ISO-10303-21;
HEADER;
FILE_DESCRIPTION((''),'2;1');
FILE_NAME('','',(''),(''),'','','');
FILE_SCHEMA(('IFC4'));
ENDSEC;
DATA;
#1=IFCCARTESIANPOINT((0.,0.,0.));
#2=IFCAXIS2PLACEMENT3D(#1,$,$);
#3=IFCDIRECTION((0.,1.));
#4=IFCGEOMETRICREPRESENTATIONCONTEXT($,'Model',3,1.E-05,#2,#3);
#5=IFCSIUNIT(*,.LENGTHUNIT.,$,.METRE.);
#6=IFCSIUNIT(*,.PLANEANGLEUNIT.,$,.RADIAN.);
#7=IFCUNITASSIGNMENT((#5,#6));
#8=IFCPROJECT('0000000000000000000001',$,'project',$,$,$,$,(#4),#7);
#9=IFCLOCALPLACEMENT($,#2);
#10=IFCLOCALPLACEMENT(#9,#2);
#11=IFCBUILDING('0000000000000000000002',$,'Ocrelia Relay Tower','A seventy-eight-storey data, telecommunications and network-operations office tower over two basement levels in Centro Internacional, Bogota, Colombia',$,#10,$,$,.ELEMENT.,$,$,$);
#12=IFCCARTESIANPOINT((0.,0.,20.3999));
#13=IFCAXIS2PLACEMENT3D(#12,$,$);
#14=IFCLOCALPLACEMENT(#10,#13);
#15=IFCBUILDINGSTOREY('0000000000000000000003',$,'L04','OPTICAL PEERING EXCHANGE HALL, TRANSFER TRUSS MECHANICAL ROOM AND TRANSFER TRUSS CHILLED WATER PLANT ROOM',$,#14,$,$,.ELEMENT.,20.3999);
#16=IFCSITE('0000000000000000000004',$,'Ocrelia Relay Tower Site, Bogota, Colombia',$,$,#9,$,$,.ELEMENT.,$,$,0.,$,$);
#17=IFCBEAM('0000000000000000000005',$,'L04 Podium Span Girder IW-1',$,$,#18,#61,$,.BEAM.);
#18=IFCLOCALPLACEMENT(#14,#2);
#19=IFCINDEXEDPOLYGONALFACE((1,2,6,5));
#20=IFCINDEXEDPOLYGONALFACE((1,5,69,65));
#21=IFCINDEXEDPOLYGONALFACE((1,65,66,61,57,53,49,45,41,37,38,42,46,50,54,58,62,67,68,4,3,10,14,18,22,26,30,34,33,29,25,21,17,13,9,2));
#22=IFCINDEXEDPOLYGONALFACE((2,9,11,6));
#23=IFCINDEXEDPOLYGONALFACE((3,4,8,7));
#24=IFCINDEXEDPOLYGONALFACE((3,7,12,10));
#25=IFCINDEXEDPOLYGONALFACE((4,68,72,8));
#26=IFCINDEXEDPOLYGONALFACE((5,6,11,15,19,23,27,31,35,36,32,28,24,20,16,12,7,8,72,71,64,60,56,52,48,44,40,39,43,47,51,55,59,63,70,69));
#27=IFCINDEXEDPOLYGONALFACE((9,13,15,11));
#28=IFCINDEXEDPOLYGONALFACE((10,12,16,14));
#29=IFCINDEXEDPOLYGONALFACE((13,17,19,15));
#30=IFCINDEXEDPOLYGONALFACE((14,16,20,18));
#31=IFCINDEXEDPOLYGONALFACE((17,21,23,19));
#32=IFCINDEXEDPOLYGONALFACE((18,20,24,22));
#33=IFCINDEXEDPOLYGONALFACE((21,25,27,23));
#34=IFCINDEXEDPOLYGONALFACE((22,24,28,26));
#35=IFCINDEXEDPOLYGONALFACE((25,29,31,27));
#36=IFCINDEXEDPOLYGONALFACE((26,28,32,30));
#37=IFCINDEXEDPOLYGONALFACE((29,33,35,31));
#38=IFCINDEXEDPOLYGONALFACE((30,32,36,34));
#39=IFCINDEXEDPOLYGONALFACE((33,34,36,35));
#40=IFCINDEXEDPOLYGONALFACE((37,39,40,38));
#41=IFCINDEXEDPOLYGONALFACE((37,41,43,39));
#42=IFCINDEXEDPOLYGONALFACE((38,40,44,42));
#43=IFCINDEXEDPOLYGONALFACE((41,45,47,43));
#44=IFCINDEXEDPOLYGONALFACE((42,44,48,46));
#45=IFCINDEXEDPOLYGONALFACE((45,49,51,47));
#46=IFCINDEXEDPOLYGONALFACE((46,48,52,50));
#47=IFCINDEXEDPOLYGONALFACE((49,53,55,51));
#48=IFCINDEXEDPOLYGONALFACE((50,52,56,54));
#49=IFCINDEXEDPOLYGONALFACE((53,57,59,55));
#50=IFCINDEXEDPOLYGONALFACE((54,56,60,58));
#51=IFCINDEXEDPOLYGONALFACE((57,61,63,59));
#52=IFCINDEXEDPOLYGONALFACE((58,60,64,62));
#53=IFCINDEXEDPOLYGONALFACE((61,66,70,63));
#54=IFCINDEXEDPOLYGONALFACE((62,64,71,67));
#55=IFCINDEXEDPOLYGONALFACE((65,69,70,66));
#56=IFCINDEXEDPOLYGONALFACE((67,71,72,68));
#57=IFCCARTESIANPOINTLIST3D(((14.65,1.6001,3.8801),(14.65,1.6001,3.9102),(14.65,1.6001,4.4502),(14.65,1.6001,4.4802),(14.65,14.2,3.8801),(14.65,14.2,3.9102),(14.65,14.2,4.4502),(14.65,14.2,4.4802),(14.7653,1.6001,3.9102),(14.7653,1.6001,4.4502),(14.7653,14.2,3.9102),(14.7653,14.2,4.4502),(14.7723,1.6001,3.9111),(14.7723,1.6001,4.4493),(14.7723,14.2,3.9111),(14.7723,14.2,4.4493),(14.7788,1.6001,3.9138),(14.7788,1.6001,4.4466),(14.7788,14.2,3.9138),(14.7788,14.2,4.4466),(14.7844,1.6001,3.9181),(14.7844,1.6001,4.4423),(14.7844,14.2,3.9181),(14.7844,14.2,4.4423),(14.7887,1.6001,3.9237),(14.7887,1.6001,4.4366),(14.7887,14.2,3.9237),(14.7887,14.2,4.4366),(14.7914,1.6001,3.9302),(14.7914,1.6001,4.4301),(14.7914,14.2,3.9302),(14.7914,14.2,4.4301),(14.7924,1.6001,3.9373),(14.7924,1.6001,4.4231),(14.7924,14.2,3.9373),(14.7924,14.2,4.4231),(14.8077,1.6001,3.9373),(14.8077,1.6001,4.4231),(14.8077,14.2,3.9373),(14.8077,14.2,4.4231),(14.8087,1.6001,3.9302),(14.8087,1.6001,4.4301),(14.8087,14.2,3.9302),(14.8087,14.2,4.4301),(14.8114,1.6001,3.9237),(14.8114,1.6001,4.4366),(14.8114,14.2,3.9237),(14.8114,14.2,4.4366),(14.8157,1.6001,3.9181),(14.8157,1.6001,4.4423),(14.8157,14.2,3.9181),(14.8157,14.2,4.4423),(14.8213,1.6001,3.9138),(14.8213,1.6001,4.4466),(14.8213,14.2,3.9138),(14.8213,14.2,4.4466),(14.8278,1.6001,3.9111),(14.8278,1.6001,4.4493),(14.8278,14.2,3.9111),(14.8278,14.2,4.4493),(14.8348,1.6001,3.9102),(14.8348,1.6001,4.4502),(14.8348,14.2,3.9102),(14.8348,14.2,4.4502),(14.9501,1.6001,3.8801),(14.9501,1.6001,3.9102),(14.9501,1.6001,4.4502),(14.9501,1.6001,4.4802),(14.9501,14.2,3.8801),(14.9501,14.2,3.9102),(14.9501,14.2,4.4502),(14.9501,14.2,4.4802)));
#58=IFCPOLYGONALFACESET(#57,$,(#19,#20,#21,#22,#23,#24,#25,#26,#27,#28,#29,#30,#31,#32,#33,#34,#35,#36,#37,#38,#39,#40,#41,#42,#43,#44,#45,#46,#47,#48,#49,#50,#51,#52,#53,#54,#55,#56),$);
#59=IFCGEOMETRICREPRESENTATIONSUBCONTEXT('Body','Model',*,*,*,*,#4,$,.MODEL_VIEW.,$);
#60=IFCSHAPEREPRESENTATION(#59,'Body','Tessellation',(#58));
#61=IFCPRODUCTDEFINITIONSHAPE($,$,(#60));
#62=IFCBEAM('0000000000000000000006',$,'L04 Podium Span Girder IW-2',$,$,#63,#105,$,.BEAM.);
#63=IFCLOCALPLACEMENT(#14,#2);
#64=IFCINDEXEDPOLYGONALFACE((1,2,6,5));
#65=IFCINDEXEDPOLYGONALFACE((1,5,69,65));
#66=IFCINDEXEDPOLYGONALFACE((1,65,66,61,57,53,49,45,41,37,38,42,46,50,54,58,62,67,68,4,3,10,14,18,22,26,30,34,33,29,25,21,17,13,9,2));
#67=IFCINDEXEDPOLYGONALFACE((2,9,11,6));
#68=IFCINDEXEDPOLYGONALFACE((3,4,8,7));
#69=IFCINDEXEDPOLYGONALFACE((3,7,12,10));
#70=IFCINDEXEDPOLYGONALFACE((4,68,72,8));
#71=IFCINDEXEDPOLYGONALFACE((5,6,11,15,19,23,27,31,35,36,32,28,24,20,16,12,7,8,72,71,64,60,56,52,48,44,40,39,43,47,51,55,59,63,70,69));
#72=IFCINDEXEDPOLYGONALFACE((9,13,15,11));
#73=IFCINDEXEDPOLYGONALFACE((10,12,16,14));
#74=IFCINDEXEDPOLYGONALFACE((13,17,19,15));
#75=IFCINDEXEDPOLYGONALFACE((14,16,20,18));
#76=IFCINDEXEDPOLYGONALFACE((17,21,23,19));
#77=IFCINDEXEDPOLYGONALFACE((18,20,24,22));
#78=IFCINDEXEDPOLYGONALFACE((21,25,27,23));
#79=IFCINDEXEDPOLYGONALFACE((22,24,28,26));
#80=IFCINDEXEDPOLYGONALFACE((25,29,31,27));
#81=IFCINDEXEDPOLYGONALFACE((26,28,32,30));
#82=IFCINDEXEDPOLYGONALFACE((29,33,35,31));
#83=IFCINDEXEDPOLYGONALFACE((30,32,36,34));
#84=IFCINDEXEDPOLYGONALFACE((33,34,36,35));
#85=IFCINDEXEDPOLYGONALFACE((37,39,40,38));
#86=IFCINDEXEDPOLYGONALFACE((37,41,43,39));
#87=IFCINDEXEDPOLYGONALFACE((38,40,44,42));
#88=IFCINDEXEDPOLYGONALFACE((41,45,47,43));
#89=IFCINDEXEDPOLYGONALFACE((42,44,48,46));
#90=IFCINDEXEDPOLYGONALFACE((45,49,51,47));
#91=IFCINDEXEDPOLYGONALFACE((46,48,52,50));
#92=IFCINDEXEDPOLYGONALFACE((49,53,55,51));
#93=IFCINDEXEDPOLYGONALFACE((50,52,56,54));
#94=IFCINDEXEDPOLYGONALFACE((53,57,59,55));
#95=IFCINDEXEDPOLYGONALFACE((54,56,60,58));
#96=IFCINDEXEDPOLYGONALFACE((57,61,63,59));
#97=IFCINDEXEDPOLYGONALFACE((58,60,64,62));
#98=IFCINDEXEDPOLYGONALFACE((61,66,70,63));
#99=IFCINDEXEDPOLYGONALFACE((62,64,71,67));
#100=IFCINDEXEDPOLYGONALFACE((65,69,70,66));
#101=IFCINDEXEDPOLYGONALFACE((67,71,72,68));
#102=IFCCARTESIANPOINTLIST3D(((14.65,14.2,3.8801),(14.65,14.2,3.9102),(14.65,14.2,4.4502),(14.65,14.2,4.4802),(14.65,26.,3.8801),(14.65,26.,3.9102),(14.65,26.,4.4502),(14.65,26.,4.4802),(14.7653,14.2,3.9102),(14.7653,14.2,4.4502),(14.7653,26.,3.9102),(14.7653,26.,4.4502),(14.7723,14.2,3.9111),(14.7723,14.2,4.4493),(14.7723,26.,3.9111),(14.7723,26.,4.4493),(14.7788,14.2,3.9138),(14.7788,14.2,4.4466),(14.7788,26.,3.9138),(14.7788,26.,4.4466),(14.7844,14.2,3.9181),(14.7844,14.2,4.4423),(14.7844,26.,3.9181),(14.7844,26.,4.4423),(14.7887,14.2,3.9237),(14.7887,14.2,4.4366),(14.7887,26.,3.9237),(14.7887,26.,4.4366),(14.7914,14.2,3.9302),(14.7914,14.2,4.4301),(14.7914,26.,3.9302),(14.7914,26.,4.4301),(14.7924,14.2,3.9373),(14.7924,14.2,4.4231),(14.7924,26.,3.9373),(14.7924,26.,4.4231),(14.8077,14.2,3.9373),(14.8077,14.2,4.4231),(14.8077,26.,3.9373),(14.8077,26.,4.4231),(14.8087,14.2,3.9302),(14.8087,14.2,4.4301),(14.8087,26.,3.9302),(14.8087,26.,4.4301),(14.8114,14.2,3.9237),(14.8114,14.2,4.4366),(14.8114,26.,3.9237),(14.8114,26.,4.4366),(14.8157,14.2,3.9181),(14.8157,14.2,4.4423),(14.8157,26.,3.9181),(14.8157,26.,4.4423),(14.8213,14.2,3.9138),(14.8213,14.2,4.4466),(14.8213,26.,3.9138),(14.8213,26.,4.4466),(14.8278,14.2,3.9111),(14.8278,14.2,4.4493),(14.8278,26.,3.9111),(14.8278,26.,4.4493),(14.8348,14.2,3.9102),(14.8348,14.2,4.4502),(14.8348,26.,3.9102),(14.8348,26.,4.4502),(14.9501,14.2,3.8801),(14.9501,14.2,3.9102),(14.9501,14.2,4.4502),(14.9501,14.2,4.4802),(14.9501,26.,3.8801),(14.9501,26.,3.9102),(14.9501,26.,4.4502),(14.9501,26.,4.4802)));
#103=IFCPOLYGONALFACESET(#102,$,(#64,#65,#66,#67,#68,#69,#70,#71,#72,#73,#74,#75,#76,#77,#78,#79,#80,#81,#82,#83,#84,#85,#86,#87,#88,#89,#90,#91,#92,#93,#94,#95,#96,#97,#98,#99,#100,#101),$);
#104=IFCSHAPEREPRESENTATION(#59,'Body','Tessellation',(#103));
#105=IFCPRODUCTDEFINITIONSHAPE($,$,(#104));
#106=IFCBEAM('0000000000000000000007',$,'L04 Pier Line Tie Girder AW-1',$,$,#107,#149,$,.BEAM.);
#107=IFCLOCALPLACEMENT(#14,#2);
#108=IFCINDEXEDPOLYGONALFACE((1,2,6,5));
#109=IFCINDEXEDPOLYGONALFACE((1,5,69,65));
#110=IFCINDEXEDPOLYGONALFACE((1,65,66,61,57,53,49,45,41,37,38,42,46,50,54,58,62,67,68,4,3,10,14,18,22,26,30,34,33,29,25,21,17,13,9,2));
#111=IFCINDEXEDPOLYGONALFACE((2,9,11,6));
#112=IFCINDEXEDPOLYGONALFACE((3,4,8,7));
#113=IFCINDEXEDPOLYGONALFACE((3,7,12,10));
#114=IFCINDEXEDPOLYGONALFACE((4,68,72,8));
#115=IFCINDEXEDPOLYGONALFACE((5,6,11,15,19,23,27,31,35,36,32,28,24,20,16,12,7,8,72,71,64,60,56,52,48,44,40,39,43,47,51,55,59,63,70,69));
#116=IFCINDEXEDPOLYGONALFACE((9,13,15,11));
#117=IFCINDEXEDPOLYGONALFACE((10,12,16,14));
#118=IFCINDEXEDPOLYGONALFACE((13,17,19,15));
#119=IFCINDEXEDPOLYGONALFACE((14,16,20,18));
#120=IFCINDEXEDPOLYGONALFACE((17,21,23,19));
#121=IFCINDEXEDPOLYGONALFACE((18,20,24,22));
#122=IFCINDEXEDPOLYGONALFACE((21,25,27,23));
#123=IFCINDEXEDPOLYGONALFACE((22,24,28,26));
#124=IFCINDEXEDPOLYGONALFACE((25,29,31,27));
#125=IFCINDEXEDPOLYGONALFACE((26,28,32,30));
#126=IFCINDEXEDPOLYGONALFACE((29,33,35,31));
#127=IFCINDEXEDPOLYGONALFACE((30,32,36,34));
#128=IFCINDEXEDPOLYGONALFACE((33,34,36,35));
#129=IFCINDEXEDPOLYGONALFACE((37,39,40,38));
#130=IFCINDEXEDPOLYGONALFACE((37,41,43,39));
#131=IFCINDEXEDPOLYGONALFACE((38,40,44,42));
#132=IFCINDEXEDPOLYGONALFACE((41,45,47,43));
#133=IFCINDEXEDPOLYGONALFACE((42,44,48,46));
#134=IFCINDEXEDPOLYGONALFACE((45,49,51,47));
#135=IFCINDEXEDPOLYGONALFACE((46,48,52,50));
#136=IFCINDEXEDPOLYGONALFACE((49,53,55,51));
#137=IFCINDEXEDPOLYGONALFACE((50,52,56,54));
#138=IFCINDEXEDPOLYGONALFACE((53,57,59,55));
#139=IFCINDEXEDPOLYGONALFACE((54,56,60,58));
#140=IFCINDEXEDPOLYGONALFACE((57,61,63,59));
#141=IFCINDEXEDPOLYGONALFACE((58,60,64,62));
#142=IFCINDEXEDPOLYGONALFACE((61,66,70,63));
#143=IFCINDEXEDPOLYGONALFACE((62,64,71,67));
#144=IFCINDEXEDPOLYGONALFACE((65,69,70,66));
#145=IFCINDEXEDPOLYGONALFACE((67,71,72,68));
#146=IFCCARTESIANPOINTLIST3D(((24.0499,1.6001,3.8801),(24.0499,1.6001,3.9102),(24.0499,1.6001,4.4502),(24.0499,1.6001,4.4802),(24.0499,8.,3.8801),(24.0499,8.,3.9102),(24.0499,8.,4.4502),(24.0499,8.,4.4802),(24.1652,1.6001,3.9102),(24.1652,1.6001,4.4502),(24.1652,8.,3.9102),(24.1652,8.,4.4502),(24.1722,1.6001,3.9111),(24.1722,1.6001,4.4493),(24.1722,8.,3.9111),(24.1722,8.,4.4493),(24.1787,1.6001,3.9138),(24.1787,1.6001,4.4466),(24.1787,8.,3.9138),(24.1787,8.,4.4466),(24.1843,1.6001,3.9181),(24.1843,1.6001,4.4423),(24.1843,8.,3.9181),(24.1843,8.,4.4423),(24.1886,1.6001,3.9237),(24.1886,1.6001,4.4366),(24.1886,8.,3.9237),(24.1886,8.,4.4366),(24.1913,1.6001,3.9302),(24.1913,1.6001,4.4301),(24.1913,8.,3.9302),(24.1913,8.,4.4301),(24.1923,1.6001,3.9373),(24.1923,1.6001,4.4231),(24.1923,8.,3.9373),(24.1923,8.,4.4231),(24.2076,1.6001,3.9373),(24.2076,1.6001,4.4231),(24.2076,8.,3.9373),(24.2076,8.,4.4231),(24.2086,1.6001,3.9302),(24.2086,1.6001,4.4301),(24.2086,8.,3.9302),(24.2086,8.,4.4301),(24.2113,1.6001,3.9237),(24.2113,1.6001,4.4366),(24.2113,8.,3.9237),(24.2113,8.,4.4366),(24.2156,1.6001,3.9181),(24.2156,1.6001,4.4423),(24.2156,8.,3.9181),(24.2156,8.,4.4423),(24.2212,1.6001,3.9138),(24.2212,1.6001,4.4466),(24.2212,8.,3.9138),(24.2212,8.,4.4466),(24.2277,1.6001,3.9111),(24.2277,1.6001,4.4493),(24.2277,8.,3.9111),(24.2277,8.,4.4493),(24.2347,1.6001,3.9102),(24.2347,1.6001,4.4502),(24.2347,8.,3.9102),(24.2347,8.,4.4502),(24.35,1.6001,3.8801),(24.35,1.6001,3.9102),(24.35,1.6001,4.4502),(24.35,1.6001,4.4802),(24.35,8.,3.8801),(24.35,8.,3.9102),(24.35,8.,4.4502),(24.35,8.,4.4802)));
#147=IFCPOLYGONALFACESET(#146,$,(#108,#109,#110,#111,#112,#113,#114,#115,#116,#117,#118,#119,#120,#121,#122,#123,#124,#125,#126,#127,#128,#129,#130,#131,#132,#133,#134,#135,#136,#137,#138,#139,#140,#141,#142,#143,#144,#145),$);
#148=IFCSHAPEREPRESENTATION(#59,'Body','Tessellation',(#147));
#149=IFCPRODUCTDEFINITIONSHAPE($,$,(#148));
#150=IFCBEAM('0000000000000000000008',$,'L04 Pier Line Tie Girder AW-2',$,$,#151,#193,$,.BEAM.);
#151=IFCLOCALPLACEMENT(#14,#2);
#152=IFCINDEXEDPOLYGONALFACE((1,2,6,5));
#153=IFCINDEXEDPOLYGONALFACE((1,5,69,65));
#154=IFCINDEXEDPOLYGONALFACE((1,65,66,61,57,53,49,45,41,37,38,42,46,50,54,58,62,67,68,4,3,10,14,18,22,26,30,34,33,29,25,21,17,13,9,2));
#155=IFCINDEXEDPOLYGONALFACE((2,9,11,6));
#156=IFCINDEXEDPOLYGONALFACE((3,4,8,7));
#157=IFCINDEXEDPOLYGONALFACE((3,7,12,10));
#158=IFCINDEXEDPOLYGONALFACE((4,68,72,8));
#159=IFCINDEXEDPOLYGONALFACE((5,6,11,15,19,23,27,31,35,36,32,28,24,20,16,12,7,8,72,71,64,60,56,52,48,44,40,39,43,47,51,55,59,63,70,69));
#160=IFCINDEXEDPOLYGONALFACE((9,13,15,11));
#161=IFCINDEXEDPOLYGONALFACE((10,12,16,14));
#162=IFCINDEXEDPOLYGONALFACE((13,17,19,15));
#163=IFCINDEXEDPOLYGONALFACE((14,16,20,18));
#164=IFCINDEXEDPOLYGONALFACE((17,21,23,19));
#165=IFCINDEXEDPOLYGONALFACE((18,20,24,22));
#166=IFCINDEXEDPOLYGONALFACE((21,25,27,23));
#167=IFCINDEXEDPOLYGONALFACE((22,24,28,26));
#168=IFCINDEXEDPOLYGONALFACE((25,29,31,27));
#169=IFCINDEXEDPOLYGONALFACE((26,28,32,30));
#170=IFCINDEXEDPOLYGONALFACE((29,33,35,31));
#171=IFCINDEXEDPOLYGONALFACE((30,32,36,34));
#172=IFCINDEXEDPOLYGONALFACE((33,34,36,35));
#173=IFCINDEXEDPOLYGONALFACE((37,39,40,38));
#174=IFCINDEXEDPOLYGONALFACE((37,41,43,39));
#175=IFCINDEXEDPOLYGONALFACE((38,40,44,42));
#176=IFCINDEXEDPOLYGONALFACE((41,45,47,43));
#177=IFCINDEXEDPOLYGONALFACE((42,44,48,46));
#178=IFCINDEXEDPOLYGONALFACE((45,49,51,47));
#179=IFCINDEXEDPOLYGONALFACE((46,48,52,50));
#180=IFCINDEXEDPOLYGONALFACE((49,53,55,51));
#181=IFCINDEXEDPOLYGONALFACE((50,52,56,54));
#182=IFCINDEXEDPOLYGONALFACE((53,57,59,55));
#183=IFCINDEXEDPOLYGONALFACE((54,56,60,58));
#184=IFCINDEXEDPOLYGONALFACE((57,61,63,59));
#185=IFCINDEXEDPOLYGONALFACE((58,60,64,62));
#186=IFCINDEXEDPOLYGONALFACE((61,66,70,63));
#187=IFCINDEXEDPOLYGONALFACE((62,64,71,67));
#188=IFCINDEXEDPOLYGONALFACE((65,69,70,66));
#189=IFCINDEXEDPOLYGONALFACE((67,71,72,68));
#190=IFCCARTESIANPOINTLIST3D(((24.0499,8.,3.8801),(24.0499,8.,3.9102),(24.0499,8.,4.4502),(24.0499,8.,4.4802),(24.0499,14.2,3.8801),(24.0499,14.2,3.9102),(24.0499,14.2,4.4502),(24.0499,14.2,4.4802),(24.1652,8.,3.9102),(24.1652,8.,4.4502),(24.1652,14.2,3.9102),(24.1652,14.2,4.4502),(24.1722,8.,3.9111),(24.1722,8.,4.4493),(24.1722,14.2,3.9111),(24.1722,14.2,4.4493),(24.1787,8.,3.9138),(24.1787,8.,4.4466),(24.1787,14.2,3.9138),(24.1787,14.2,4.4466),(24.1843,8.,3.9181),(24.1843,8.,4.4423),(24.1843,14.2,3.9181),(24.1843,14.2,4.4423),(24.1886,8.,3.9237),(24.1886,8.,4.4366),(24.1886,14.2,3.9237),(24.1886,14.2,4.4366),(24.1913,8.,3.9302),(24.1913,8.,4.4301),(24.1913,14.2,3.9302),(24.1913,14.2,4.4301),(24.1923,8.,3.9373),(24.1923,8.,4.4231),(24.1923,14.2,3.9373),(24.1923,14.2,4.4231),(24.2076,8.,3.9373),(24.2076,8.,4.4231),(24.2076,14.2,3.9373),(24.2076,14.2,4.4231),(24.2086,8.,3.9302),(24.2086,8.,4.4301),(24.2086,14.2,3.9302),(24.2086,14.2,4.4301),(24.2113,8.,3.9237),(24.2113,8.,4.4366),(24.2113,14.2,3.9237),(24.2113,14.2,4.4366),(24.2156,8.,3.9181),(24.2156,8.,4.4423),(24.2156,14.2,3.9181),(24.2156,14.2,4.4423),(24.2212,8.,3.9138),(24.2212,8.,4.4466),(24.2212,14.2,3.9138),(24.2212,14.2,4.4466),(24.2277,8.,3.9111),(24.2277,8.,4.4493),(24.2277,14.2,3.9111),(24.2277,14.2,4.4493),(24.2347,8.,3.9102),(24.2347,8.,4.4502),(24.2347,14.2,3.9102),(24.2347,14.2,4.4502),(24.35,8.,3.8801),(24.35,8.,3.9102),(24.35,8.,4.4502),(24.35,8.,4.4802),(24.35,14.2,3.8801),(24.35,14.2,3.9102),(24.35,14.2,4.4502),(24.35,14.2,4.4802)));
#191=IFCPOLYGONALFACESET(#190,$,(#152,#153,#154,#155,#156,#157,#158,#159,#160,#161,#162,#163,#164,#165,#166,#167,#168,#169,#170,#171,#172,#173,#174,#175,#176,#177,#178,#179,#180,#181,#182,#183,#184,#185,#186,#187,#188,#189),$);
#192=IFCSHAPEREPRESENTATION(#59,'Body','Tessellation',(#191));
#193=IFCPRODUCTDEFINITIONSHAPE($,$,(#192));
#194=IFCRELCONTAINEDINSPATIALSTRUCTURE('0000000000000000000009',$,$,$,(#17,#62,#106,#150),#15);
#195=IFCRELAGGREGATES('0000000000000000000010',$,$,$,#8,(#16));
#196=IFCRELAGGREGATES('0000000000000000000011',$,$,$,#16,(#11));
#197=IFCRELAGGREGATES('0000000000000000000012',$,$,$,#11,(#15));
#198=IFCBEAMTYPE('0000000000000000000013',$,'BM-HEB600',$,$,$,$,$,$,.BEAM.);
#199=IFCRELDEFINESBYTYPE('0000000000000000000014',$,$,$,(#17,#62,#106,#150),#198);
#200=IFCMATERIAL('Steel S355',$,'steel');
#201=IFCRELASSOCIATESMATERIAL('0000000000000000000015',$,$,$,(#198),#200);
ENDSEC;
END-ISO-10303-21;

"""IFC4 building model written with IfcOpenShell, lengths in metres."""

from ifc_helpers import new_model, si_unit, direction, frame, origin, origin_2d, place, context, subcontext, project, spatial, i_section, extrude, material, material_profile, profile_set, type_object, element, save


model = new_model("IFC4")

# Units and contexts
model_context = context("Model", 3, precision=1e-05, world=origin(), true_north=direction((0.0, 1.0)))
body_context = subcontext(model_context, "Body", "Model", "MODEL_VIEW")
ifc_project = project(units=[si_unit("LENGTHUNIT", "METRE"), si_unit("PLANEANGLEUNIT", "RADIAN")], contexts=[model_context])

# Site, building, storey
site_placement = place(None, origin())
site = spatial("IfcSite", under=ifc_project, at=site_placement, Name="Ocrelia Relay Tower Site, Bogota, Colombia", CompositionType="ELEMENT", RefElevation=0.0)
building_placement = place(site_placement, origin())
building = spatial("IfcBuilding", under=site, at=building_placement, Name="Ocrelia Relay Tower", Description="A seventy-eight-storey data, telecommunications and network-operations office tower over two basement levels in Centro Internacional, Bogota, Colombia", CompositionType="ELEMENT")
storey_placement = place(building_placement, frame((0.0, 0.0, 20.3999)))
storey = spatial("IfcBuildingStorey", under=building, at=storey_placement, Name="L04", Description="OPTICAL PEERING EXCHANGE HALL, TRANSFER TRUSS MECHANICAL ROOM AND TRANSFER TRUSS CHILLED WATER PLANT ROOM", CompositionType="ELEMENT", Elevation=20.3999)

# Beams
ifc_material_1 = material(Name="Steel S355", Category="steel")
ifc_material_profile_1 = material_profile(ifc_material_1, i_section(OverallWidth=0.3, OverallDepth=0.6001, WebThickness=0.0154, FlangeThickness=0.03, FilletRadius=0.0271, at=origin_2d()), Name="HEB 600")
ifc_profile_set_1 = profile_set([ifc_material_profile_1], Name="Steel S355")
beam_type_1 = type_object("IfcBeamType", Name="BM-HEB600", PredefinedType="BEAM", material=ifc_profile_set_1)
beam_1_placement = place(storey_placement, frame((14.8, 1.6001, 4.1802), z_axis=(0.0, 1.0, 0.0), x_axis=(-1.0, 0.0, 0.0)))
element("IfcBeam", 1, at=beam_1_placement, inside=storey, type_object=beam_type_1, Name="L04 Podium Span Girder IW-1", PredefinedType="BEAM", context=body_context, shape_type="SweptSolid", body=[
    extrude(i_section(OverallWidth=0.3, OverallDepth=0.6001, WebThickness=0.0154, FlangeThickness=0.03, FilletRadius=0.0271, at=origin_2d()), origin(), (0.0, 0.0, 1.0), 12.5999),
])
beam_2_placement = place(storey_placement, frame((14.8, 14.2, 4.1802), z_axis=(0.0, 1.0, 0.0), x_axis=(-1.0, 0.0, 0.0)))
element("IfcBeam", 2, at=beam_2_placement, inside=storey, type_object=beam_type_1, Name="L04 Podium Span Girder IW-2", PredefinedType="BEAM", context=body_context, shape_type="SweptSolid", body=[
    extrude(i_section(OverallWidth=0.3, OverallDepth=0.6001, WebThickness=0.0154, FlangeThickness=0.03, FilletRadius=0.0271, at=origin_2d()), origin(), (0.0, 0.0, 1.0), 11.8),
])
beam_3_placement = place(storey_placement, frame((24.2, 1.6001, 4.1802), z_axis=(0.0, 1.0, 0.0), x_axis=(-1.0, 0.0, 0.0)))
element("IfcBeam", 3, at=beam_3_placement, inside=storey, type_object=beam_type_1, Name="L04 Pier Line Tie Girder AW-1", PredefinedType="BEAM", context=body_context, shape_type="SweptSolid", body=[
    extrude(i_section(OverallWidth=0.3, OverallDepth=0.6001, WebThickness=0.0154, FlangeThickness=0.03, FilletRadius=0.0271, at=origin_2d()), origin(), (0.0, 0.0, 1.0), 6.3999),
])
beam_4_placement = place(storey_placement, frame((24.2, 8.0, 4.1802), z_axis=(0.0, 1.0, 0.0), x_axis=(-1.0, 0.0, 0.0)))
element("IfcBeam", 4, at=beam_4_placement, inside=storey, type_object=beam_type_1, Name="L04 Pier Line Tie Girder AW-2", PredefinedType="BEAM", context=body_context, shape_type="SweptSolid", body=[
    extrude(i_section(OverallWidth=0.3, OverallDepth=0.6001, WebThickness=0.0154, FlangeThickness=0.03, FilletRadius=0.0271, at=origin_2d()), origin(), (0.0, 0.0, 1.0), 6.2),
])

save(model, "model.ifc")
